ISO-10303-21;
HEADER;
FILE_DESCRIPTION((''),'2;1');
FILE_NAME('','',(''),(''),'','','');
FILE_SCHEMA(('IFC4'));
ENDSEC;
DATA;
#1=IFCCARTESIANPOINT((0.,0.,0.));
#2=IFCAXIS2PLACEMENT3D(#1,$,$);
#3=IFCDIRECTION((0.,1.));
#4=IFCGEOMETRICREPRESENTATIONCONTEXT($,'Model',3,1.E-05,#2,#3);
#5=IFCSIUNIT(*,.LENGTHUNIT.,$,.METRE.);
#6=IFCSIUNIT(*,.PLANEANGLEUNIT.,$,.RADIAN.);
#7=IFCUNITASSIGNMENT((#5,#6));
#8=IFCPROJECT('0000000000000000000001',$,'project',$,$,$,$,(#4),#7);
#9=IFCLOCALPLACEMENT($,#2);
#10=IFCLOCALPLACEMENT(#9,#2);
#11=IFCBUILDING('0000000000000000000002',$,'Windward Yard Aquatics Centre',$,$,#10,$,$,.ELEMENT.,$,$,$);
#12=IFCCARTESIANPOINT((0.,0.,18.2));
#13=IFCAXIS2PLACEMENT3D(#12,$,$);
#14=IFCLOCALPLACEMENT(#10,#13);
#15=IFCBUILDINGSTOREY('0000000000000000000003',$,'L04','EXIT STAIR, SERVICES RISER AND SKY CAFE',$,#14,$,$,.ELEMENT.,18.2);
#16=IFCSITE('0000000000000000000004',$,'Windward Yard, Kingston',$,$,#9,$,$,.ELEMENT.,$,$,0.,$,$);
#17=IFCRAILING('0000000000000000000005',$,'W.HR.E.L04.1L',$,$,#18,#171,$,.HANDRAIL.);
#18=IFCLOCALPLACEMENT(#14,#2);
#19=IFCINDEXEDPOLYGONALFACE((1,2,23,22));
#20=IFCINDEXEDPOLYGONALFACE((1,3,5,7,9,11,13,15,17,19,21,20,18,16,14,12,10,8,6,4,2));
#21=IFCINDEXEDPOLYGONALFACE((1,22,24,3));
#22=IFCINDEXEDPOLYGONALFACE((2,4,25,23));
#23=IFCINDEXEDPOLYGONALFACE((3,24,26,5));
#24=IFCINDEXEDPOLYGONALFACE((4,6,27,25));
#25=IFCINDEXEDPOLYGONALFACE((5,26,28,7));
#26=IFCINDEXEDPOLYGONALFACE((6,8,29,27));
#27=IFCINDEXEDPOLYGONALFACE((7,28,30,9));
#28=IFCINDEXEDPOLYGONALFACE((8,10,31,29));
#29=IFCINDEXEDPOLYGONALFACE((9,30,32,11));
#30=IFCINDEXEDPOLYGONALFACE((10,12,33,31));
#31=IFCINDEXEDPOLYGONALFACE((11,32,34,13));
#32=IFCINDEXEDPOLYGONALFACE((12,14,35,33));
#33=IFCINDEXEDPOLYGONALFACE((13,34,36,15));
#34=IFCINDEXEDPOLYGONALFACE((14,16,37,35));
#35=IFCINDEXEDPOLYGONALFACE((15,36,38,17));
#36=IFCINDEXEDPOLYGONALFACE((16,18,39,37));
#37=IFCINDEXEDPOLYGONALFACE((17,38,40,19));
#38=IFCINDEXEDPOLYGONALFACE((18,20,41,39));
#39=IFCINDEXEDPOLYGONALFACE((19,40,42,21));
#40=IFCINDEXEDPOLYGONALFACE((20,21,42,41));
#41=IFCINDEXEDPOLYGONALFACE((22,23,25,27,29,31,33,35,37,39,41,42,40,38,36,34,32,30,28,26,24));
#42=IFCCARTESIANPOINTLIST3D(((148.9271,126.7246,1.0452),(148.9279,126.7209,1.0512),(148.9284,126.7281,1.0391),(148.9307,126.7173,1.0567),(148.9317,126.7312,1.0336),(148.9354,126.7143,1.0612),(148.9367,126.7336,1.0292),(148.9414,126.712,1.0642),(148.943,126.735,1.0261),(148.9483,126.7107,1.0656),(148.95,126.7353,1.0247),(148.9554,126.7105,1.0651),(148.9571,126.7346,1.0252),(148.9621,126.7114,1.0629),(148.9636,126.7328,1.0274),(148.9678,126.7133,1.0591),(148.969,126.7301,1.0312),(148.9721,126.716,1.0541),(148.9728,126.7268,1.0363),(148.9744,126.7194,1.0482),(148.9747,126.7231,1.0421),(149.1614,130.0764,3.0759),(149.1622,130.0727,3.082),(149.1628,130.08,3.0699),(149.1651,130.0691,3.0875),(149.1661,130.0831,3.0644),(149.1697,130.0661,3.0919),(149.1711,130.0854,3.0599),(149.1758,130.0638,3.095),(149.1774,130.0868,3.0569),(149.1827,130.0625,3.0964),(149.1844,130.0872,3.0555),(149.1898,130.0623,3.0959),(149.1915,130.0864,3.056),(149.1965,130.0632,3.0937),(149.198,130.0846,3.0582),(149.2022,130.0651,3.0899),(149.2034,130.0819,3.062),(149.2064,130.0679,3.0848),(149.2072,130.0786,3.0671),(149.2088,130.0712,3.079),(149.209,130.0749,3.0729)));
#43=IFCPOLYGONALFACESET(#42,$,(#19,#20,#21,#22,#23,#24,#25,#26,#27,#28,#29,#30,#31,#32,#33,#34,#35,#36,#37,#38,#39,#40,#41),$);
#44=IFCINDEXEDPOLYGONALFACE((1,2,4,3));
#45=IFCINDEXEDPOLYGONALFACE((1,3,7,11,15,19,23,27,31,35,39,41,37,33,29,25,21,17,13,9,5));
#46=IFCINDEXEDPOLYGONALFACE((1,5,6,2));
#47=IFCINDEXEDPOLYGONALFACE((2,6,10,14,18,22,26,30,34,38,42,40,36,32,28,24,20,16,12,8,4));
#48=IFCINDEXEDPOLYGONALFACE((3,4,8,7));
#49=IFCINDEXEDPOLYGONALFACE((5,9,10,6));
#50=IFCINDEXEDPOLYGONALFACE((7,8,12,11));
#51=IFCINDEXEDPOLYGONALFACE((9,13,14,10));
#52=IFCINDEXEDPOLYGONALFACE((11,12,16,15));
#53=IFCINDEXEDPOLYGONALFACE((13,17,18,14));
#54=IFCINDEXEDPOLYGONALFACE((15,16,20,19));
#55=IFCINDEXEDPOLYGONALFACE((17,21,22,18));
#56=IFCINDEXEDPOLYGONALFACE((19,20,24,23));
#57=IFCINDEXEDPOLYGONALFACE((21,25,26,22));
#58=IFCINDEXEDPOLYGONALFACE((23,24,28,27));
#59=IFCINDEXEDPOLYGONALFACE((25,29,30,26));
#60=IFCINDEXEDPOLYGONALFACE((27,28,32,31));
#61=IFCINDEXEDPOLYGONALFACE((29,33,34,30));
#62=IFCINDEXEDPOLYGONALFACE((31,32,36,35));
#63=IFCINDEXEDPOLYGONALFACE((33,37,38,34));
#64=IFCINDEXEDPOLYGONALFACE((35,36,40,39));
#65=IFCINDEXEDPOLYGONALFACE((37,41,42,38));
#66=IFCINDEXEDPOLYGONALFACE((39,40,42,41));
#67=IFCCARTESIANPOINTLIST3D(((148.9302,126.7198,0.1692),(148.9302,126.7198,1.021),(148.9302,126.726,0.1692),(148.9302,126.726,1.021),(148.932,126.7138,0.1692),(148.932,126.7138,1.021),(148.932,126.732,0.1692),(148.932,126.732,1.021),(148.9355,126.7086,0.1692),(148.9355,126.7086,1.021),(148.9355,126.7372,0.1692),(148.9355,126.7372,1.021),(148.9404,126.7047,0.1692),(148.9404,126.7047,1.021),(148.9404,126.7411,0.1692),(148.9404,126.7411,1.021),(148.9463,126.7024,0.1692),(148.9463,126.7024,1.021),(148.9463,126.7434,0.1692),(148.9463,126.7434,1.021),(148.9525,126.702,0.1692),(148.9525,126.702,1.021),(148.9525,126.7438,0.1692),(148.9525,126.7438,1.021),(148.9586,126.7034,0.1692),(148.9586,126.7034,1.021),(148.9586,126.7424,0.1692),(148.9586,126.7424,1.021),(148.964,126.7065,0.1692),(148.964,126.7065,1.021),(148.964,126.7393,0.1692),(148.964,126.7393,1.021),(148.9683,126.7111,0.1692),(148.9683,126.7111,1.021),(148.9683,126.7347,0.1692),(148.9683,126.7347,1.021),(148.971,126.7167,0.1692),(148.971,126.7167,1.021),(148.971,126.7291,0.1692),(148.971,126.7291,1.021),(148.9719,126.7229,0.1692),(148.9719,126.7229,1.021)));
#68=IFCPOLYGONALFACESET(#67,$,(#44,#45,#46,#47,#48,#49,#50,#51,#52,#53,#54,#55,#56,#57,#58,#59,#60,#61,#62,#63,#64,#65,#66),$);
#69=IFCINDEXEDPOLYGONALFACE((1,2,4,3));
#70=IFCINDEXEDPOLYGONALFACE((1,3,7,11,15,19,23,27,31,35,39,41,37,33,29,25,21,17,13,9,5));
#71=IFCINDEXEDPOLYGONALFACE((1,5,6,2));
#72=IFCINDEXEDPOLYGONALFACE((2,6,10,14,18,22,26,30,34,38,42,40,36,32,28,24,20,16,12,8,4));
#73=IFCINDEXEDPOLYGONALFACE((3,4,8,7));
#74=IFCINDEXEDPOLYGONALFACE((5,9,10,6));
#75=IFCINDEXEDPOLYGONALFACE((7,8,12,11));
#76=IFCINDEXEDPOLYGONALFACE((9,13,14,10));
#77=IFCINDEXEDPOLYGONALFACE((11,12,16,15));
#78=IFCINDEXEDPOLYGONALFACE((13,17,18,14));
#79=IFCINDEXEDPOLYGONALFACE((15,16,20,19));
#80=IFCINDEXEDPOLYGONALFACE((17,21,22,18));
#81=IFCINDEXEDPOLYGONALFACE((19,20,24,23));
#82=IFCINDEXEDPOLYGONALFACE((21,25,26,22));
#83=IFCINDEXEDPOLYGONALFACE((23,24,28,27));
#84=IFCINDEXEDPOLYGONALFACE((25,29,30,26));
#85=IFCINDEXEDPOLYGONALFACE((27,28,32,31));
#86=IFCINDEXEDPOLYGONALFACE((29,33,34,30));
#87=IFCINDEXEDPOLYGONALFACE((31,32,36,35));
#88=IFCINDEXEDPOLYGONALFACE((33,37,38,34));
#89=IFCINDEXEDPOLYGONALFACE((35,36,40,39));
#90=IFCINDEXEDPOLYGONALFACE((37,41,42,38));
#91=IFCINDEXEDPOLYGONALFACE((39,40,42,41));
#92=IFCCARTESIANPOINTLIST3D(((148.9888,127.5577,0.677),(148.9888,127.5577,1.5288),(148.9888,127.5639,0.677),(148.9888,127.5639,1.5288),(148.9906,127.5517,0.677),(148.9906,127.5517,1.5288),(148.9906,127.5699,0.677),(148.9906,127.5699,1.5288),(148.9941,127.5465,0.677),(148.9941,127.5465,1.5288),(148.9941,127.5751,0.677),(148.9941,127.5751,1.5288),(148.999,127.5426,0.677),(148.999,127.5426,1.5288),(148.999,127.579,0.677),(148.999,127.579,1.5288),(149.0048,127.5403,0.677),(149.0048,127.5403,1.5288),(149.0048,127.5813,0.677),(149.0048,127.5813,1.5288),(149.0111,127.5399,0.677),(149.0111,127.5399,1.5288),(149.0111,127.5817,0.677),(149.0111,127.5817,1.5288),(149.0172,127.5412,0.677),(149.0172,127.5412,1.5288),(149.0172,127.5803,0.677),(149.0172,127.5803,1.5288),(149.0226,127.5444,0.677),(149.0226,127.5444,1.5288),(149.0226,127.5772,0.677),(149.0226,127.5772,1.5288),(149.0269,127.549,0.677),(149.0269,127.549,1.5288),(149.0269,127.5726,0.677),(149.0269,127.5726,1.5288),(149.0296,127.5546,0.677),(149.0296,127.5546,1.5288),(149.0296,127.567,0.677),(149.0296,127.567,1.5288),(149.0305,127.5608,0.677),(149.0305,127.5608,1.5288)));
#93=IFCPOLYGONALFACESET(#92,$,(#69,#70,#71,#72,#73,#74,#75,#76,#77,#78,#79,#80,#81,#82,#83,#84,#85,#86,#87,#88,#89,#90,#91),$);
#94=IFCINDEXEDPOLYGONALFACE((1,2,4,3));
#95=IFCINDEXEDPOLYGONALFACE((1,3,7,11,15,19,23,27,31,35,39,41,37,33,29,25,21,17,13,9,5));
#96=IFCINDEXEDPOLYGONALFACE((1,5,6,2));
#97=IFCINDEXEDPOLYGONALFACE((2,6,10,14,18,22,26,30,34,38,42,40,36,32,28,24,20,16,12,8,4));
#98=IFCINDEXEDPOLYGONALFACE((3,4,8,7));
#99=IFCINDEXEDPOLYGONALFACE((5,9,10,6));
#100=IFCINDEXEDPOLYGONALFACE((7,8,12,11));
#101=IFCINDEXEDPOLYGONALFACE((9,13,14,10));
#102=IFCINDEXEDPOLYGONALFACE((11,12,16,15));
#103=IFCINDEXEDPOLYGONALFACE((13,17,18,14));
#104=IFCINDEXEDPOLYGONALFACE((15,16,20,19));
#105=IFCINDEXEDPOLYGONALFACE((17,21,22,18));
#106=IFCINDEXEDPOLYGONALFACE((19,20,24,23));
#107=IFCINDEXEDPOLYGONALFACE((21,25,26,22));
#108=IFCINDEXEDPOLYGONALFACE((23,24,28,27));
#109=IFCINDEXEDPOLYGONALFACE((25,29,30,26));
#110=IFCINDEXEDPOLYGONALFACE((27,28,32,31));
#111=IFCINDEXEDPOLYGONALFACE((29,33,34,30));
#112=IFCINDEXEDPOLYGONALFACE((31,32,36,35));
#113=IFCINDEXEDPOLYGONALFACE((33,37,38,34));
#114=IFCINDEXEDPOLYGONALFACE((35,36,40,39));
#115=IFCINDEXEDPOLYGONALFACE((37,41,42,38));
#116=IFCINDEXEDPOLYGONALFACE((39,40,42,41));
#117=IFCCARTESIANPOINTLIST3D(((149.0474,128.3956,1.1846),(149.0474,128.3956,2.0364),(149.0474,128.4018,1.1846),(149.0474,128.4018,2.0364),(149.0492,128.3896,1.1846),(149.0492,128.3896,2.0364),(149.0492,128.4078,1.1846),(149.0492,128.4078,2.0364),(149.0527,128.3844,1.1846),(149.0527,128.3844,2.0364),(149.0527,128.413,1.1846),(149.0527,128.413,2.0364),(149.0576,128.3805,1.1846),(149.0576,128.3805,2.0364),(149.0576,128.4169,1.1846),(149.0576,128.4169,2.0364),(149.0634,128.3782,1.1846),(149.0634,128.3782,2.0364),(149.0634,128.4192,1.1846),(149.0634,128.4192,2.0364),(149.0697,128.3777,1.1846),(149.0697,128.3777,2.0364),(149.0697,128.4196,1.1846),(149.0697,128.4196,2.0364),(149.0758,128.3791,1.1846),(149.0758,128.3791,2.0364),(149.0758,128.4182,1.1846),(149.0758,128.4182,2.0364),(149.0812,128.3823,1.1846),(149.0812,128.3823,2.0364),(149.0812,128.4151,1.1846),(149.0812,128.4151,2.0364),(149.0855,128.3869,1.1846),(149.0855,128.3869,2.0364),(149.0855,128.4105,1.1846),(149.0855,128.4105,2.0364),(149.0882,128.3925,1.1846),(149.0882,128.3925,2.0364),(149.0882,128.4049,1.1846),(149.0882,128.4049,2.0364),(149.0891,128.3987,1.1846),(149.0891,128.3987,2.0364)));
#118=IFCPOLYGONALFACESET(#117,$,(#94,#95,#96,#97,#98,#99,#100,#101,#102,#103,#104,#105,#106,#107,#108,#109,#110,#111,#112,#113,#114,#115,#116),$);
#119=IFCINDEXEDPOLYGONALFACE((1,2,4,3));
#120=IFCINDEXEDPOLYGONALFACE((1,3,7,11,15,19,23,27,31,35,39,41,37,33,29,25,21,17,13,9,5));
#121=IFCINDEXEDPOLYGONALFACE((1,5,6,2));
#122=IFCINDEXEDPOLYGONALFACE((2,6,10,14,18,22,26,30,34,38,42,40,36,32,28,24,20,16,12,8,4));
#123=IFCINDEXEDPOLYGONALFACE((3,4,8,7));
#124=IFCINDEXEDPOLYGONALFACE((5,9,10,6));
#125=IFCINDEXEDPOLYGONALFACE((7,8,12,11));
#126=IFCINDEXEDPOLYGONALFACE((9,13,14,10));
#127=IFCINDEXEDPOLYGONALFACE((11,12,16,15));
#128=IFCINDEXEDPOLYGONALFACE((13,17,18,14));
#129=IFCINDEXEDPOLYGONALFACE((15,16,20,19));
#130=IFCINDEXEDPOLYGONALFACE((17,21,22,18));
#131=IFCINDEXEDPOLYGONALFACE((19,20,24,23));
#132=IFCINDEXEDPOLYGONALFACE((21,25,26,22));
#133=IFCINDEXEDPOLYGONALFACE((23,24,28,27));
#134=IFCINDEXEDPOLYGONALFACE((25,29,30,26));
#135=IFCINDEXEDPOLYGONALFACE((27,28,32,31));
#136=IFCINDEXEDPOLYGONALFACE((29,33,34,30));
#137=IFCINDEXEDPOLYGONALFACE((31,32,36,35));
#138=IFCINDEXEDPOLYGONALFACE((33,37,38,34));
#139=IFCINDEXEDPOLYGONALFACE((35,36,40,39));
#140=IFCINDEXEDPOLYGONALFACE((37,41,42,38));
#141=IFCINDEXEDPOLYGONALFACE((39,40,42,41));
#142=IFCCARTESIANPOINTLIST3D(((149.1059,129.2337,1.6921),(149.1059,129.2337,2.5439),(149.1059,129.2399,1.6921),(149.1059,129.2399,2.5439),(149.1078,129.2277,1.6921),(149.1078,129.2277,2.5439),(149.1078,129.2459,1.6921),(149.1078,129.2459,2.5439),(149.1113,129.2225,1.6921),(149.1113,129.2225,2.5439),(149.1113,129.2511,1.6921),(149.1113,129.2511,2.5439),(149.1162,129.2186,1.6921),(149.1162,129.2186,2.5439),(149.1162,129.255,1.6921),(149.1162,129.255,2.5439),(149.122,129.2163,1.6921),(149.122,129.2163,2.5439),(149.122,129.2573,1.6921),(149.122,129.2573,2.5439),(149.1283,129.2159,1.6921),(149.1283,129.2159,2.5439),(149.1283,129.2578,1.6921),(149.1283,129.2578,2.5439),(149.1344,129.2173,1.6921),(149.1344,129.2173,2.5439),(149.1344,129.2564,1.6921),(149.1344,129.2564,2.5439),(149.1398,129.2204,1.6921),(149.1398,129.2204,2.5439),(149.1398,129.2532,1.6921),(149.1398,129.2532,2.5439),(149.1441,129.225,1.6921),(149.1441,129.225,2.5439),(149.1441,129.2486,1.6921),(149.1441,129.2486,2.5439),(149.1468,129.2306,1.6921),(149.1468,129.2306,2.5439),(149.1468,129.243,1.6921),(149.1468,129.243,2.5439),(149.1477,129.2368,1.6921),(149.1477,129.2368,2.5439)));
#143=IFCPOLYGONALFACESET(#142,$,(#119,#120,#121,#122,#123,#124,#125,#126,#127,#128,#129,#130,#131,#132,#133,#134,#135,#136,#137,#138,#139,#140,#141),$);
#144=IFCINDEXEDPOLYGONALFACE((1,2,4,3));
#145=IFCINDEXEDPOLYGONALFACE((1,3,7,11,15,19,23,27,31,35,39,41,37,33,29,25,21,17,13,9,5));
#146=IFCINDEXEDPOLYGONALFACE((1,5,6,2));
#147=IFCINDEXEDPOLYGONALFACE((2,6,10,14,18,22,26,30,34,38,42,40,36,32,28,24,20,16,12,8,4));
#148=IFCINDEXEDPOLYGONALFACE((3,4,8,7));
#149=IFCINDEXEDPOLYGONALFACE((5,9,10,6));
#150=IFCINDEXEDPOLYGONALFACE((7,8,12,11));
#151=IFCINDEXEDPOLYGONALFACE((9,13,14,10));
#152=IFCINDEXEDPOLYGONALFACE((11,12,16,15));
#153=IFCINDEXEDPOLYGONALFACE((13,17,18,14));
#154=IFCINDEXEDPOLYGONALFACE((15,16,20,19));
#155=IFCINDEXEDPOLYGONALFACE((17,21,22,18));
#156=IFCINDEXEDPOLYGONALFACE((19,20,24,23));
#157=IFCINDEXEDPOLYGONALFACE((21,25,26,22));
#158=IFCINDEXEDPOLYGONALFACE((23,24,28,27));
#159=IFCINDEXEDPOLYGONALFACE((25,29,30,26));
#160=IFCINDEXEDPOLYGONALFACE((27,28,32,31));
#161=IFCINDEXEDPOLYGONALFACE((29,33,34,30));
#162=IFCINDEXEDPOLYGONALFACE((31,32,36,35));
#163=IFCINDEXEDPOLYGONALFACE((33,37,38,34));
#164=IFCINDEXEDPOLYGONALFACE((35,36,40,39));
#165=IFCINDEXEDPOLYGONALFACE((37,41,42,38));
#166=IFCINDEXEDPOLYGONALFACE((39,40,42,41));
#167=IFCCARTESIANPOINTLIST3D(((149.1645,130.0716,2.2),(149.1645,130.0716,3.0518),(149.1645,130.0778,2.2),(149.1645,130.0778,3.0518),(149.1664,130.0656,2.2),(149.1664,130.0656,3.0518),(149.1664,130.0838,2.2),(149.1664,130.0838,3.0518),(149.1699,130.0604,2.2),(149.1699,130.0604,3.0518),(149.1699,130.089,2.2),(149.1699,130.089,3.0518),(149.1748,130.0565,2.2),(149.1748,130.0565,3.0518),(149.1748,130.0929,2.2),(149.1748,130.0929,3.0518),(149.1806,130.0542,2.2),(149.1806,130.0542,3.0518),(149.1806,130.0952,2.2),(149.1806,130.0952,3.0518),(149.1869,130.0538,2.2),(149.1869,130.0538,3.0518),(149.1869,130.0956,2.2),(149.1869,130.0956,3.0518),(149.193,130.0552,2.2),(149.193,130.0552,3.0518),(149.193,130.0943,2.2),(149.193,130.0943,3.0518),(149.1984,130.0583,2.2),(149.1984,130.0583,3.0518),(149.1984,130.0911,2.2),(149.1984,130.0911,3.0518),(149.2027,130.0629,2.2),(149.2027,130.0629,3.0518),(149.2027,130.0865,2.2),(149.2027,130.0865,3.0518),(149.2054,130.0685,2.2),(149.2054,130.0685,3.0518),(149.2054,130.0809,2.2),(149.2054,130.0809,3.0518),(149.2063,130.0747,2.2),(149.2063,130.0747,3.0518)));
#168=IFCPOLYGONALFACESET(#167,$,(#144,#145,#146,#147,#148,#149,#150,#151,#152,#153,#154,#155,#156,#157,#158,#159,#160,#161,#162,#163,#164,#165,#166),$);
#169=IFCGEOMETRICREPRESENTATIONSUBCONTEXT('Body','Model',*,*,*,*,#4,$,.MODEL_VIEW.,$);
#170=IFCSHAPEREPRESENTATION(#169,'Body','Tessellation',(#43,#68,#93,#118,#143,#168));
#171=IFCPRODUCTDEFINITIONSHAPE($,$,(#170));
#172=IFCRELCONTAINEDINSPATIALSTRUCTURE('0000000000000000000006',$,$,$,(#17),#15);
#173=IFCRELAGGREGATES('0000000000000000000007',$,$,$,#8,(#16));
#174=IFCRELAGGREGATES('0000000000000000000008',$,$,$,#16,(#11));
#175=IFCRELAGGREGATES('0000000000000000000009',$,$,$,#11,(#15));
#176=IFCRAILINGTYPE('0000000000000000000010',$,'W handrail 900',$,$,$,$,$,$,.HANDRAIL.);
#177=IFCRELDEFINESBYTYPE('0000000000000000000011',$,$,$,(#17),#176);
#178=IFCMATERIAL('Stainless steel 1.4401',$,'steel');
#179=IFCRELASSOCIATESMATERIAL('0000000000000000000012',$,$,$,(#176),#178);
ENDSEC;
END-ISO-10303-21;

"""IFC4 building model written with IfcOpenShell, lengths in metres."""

from ifc_helpers import new_model, si_unit, direction, frame, origin, origin_2d, place, context, subcontext, project, spatial, circle, extrude, material, type_object, element, save


model = new_model("IFC4")

# Units and contexts
model_context = context("Model", 3, precision=1e-05, world=origin(), true_north=direction((0.0, 1.0)))
body_context = subcontext(model_context, "Body", "Model", "MODEL_VIEW")
ifc_project = project(units=[si_unit("LENGTHUNIT", "METRE"), si_unit("PLANEANGLEUNIT", "RADIAN")], contexts=[model_context])

# Site, building, storey
site_placement = place(None, origin())
site = spatial("IfcSite", under=ifc_project, at=site_placement, Name="Windward Yard, Kingston", CompositionType="ELEMENT", RefElevation=0.0)
building_placement = place(site_placement, origin())
building = spatial("IfcBuilding", under=site, at=building_placement, Name="Windward Yard Aquatics Centre", CompositionType="ELEMENT")
storey_placement = place(building_placement, frame((0.0, 0.0, 18.2)))
storey = spatial("IfcBuildingStorey", under=building, at=storey_placement, Name="L04", Description="EXIT STAIR, SERVICES RISER AND SKY CAFE", CompositionType="ELEMENT", Elevation=18.2)

# Railing
ifc_material_1 = material(Name="Stainless steel 1.4401", Category="steel")
railing_type_1 = type_object("IfcRailingType", Name="W handrail 900", PredefinedType="HANDRAIL", material=ifc_material_1)
for number, where, name in (
    (1, (148.9509, 126.7229, 0.1692), "W.HR.E.L04.1L"),
):
    element("IfcRailing", number, at=place(storey_placement, frame(where)), inside=storey, type_object=railing_type_1, Name=name, PredefinedType="HANDRAIL", context=body_context, shape_type="SweptSolid", body=[
        extrude(circle(Radius=0.0239, at=origin_2d()), frame((0.0, 0.0, 0.876), z_axis=(0.059698, 0.853744, 0.517259), x_axis=(-0.997564, 0.069755, 0.0)), (0.0, 0.0, 1.0), 3.926),
        extrude(circle(Radius=0.021, at=origin_2d()), origin(), (0.0, 0.0, 1.0), 0.8518),
        extrude(circle(Radius=0.021, at=origin_2d()), frame((0.0586, 0.8379, 0.5078)), (0.0, 0.0, 1.0), 0.8518),
        extrude(circle(Radius=0.021, at=origin_2d()), frame((0.1172, 1.6758, 1.0154)), (0.0, 0.0, 1.0), 0.8518),
        extrude(circle(Radius=0.021, at=origin_2d()), frame((0.1758, 2.5139, 1.5229)), (0.0, 0.0, 1.0), 0.8518),
        extrude(circle(Radius=0.021, at=origin_2d()), frame((0.2344, 3.3518, 2.0308)), (0.0, 0.0, 1.0), 0.8518),
    ])

save(model, "model.ifc")
